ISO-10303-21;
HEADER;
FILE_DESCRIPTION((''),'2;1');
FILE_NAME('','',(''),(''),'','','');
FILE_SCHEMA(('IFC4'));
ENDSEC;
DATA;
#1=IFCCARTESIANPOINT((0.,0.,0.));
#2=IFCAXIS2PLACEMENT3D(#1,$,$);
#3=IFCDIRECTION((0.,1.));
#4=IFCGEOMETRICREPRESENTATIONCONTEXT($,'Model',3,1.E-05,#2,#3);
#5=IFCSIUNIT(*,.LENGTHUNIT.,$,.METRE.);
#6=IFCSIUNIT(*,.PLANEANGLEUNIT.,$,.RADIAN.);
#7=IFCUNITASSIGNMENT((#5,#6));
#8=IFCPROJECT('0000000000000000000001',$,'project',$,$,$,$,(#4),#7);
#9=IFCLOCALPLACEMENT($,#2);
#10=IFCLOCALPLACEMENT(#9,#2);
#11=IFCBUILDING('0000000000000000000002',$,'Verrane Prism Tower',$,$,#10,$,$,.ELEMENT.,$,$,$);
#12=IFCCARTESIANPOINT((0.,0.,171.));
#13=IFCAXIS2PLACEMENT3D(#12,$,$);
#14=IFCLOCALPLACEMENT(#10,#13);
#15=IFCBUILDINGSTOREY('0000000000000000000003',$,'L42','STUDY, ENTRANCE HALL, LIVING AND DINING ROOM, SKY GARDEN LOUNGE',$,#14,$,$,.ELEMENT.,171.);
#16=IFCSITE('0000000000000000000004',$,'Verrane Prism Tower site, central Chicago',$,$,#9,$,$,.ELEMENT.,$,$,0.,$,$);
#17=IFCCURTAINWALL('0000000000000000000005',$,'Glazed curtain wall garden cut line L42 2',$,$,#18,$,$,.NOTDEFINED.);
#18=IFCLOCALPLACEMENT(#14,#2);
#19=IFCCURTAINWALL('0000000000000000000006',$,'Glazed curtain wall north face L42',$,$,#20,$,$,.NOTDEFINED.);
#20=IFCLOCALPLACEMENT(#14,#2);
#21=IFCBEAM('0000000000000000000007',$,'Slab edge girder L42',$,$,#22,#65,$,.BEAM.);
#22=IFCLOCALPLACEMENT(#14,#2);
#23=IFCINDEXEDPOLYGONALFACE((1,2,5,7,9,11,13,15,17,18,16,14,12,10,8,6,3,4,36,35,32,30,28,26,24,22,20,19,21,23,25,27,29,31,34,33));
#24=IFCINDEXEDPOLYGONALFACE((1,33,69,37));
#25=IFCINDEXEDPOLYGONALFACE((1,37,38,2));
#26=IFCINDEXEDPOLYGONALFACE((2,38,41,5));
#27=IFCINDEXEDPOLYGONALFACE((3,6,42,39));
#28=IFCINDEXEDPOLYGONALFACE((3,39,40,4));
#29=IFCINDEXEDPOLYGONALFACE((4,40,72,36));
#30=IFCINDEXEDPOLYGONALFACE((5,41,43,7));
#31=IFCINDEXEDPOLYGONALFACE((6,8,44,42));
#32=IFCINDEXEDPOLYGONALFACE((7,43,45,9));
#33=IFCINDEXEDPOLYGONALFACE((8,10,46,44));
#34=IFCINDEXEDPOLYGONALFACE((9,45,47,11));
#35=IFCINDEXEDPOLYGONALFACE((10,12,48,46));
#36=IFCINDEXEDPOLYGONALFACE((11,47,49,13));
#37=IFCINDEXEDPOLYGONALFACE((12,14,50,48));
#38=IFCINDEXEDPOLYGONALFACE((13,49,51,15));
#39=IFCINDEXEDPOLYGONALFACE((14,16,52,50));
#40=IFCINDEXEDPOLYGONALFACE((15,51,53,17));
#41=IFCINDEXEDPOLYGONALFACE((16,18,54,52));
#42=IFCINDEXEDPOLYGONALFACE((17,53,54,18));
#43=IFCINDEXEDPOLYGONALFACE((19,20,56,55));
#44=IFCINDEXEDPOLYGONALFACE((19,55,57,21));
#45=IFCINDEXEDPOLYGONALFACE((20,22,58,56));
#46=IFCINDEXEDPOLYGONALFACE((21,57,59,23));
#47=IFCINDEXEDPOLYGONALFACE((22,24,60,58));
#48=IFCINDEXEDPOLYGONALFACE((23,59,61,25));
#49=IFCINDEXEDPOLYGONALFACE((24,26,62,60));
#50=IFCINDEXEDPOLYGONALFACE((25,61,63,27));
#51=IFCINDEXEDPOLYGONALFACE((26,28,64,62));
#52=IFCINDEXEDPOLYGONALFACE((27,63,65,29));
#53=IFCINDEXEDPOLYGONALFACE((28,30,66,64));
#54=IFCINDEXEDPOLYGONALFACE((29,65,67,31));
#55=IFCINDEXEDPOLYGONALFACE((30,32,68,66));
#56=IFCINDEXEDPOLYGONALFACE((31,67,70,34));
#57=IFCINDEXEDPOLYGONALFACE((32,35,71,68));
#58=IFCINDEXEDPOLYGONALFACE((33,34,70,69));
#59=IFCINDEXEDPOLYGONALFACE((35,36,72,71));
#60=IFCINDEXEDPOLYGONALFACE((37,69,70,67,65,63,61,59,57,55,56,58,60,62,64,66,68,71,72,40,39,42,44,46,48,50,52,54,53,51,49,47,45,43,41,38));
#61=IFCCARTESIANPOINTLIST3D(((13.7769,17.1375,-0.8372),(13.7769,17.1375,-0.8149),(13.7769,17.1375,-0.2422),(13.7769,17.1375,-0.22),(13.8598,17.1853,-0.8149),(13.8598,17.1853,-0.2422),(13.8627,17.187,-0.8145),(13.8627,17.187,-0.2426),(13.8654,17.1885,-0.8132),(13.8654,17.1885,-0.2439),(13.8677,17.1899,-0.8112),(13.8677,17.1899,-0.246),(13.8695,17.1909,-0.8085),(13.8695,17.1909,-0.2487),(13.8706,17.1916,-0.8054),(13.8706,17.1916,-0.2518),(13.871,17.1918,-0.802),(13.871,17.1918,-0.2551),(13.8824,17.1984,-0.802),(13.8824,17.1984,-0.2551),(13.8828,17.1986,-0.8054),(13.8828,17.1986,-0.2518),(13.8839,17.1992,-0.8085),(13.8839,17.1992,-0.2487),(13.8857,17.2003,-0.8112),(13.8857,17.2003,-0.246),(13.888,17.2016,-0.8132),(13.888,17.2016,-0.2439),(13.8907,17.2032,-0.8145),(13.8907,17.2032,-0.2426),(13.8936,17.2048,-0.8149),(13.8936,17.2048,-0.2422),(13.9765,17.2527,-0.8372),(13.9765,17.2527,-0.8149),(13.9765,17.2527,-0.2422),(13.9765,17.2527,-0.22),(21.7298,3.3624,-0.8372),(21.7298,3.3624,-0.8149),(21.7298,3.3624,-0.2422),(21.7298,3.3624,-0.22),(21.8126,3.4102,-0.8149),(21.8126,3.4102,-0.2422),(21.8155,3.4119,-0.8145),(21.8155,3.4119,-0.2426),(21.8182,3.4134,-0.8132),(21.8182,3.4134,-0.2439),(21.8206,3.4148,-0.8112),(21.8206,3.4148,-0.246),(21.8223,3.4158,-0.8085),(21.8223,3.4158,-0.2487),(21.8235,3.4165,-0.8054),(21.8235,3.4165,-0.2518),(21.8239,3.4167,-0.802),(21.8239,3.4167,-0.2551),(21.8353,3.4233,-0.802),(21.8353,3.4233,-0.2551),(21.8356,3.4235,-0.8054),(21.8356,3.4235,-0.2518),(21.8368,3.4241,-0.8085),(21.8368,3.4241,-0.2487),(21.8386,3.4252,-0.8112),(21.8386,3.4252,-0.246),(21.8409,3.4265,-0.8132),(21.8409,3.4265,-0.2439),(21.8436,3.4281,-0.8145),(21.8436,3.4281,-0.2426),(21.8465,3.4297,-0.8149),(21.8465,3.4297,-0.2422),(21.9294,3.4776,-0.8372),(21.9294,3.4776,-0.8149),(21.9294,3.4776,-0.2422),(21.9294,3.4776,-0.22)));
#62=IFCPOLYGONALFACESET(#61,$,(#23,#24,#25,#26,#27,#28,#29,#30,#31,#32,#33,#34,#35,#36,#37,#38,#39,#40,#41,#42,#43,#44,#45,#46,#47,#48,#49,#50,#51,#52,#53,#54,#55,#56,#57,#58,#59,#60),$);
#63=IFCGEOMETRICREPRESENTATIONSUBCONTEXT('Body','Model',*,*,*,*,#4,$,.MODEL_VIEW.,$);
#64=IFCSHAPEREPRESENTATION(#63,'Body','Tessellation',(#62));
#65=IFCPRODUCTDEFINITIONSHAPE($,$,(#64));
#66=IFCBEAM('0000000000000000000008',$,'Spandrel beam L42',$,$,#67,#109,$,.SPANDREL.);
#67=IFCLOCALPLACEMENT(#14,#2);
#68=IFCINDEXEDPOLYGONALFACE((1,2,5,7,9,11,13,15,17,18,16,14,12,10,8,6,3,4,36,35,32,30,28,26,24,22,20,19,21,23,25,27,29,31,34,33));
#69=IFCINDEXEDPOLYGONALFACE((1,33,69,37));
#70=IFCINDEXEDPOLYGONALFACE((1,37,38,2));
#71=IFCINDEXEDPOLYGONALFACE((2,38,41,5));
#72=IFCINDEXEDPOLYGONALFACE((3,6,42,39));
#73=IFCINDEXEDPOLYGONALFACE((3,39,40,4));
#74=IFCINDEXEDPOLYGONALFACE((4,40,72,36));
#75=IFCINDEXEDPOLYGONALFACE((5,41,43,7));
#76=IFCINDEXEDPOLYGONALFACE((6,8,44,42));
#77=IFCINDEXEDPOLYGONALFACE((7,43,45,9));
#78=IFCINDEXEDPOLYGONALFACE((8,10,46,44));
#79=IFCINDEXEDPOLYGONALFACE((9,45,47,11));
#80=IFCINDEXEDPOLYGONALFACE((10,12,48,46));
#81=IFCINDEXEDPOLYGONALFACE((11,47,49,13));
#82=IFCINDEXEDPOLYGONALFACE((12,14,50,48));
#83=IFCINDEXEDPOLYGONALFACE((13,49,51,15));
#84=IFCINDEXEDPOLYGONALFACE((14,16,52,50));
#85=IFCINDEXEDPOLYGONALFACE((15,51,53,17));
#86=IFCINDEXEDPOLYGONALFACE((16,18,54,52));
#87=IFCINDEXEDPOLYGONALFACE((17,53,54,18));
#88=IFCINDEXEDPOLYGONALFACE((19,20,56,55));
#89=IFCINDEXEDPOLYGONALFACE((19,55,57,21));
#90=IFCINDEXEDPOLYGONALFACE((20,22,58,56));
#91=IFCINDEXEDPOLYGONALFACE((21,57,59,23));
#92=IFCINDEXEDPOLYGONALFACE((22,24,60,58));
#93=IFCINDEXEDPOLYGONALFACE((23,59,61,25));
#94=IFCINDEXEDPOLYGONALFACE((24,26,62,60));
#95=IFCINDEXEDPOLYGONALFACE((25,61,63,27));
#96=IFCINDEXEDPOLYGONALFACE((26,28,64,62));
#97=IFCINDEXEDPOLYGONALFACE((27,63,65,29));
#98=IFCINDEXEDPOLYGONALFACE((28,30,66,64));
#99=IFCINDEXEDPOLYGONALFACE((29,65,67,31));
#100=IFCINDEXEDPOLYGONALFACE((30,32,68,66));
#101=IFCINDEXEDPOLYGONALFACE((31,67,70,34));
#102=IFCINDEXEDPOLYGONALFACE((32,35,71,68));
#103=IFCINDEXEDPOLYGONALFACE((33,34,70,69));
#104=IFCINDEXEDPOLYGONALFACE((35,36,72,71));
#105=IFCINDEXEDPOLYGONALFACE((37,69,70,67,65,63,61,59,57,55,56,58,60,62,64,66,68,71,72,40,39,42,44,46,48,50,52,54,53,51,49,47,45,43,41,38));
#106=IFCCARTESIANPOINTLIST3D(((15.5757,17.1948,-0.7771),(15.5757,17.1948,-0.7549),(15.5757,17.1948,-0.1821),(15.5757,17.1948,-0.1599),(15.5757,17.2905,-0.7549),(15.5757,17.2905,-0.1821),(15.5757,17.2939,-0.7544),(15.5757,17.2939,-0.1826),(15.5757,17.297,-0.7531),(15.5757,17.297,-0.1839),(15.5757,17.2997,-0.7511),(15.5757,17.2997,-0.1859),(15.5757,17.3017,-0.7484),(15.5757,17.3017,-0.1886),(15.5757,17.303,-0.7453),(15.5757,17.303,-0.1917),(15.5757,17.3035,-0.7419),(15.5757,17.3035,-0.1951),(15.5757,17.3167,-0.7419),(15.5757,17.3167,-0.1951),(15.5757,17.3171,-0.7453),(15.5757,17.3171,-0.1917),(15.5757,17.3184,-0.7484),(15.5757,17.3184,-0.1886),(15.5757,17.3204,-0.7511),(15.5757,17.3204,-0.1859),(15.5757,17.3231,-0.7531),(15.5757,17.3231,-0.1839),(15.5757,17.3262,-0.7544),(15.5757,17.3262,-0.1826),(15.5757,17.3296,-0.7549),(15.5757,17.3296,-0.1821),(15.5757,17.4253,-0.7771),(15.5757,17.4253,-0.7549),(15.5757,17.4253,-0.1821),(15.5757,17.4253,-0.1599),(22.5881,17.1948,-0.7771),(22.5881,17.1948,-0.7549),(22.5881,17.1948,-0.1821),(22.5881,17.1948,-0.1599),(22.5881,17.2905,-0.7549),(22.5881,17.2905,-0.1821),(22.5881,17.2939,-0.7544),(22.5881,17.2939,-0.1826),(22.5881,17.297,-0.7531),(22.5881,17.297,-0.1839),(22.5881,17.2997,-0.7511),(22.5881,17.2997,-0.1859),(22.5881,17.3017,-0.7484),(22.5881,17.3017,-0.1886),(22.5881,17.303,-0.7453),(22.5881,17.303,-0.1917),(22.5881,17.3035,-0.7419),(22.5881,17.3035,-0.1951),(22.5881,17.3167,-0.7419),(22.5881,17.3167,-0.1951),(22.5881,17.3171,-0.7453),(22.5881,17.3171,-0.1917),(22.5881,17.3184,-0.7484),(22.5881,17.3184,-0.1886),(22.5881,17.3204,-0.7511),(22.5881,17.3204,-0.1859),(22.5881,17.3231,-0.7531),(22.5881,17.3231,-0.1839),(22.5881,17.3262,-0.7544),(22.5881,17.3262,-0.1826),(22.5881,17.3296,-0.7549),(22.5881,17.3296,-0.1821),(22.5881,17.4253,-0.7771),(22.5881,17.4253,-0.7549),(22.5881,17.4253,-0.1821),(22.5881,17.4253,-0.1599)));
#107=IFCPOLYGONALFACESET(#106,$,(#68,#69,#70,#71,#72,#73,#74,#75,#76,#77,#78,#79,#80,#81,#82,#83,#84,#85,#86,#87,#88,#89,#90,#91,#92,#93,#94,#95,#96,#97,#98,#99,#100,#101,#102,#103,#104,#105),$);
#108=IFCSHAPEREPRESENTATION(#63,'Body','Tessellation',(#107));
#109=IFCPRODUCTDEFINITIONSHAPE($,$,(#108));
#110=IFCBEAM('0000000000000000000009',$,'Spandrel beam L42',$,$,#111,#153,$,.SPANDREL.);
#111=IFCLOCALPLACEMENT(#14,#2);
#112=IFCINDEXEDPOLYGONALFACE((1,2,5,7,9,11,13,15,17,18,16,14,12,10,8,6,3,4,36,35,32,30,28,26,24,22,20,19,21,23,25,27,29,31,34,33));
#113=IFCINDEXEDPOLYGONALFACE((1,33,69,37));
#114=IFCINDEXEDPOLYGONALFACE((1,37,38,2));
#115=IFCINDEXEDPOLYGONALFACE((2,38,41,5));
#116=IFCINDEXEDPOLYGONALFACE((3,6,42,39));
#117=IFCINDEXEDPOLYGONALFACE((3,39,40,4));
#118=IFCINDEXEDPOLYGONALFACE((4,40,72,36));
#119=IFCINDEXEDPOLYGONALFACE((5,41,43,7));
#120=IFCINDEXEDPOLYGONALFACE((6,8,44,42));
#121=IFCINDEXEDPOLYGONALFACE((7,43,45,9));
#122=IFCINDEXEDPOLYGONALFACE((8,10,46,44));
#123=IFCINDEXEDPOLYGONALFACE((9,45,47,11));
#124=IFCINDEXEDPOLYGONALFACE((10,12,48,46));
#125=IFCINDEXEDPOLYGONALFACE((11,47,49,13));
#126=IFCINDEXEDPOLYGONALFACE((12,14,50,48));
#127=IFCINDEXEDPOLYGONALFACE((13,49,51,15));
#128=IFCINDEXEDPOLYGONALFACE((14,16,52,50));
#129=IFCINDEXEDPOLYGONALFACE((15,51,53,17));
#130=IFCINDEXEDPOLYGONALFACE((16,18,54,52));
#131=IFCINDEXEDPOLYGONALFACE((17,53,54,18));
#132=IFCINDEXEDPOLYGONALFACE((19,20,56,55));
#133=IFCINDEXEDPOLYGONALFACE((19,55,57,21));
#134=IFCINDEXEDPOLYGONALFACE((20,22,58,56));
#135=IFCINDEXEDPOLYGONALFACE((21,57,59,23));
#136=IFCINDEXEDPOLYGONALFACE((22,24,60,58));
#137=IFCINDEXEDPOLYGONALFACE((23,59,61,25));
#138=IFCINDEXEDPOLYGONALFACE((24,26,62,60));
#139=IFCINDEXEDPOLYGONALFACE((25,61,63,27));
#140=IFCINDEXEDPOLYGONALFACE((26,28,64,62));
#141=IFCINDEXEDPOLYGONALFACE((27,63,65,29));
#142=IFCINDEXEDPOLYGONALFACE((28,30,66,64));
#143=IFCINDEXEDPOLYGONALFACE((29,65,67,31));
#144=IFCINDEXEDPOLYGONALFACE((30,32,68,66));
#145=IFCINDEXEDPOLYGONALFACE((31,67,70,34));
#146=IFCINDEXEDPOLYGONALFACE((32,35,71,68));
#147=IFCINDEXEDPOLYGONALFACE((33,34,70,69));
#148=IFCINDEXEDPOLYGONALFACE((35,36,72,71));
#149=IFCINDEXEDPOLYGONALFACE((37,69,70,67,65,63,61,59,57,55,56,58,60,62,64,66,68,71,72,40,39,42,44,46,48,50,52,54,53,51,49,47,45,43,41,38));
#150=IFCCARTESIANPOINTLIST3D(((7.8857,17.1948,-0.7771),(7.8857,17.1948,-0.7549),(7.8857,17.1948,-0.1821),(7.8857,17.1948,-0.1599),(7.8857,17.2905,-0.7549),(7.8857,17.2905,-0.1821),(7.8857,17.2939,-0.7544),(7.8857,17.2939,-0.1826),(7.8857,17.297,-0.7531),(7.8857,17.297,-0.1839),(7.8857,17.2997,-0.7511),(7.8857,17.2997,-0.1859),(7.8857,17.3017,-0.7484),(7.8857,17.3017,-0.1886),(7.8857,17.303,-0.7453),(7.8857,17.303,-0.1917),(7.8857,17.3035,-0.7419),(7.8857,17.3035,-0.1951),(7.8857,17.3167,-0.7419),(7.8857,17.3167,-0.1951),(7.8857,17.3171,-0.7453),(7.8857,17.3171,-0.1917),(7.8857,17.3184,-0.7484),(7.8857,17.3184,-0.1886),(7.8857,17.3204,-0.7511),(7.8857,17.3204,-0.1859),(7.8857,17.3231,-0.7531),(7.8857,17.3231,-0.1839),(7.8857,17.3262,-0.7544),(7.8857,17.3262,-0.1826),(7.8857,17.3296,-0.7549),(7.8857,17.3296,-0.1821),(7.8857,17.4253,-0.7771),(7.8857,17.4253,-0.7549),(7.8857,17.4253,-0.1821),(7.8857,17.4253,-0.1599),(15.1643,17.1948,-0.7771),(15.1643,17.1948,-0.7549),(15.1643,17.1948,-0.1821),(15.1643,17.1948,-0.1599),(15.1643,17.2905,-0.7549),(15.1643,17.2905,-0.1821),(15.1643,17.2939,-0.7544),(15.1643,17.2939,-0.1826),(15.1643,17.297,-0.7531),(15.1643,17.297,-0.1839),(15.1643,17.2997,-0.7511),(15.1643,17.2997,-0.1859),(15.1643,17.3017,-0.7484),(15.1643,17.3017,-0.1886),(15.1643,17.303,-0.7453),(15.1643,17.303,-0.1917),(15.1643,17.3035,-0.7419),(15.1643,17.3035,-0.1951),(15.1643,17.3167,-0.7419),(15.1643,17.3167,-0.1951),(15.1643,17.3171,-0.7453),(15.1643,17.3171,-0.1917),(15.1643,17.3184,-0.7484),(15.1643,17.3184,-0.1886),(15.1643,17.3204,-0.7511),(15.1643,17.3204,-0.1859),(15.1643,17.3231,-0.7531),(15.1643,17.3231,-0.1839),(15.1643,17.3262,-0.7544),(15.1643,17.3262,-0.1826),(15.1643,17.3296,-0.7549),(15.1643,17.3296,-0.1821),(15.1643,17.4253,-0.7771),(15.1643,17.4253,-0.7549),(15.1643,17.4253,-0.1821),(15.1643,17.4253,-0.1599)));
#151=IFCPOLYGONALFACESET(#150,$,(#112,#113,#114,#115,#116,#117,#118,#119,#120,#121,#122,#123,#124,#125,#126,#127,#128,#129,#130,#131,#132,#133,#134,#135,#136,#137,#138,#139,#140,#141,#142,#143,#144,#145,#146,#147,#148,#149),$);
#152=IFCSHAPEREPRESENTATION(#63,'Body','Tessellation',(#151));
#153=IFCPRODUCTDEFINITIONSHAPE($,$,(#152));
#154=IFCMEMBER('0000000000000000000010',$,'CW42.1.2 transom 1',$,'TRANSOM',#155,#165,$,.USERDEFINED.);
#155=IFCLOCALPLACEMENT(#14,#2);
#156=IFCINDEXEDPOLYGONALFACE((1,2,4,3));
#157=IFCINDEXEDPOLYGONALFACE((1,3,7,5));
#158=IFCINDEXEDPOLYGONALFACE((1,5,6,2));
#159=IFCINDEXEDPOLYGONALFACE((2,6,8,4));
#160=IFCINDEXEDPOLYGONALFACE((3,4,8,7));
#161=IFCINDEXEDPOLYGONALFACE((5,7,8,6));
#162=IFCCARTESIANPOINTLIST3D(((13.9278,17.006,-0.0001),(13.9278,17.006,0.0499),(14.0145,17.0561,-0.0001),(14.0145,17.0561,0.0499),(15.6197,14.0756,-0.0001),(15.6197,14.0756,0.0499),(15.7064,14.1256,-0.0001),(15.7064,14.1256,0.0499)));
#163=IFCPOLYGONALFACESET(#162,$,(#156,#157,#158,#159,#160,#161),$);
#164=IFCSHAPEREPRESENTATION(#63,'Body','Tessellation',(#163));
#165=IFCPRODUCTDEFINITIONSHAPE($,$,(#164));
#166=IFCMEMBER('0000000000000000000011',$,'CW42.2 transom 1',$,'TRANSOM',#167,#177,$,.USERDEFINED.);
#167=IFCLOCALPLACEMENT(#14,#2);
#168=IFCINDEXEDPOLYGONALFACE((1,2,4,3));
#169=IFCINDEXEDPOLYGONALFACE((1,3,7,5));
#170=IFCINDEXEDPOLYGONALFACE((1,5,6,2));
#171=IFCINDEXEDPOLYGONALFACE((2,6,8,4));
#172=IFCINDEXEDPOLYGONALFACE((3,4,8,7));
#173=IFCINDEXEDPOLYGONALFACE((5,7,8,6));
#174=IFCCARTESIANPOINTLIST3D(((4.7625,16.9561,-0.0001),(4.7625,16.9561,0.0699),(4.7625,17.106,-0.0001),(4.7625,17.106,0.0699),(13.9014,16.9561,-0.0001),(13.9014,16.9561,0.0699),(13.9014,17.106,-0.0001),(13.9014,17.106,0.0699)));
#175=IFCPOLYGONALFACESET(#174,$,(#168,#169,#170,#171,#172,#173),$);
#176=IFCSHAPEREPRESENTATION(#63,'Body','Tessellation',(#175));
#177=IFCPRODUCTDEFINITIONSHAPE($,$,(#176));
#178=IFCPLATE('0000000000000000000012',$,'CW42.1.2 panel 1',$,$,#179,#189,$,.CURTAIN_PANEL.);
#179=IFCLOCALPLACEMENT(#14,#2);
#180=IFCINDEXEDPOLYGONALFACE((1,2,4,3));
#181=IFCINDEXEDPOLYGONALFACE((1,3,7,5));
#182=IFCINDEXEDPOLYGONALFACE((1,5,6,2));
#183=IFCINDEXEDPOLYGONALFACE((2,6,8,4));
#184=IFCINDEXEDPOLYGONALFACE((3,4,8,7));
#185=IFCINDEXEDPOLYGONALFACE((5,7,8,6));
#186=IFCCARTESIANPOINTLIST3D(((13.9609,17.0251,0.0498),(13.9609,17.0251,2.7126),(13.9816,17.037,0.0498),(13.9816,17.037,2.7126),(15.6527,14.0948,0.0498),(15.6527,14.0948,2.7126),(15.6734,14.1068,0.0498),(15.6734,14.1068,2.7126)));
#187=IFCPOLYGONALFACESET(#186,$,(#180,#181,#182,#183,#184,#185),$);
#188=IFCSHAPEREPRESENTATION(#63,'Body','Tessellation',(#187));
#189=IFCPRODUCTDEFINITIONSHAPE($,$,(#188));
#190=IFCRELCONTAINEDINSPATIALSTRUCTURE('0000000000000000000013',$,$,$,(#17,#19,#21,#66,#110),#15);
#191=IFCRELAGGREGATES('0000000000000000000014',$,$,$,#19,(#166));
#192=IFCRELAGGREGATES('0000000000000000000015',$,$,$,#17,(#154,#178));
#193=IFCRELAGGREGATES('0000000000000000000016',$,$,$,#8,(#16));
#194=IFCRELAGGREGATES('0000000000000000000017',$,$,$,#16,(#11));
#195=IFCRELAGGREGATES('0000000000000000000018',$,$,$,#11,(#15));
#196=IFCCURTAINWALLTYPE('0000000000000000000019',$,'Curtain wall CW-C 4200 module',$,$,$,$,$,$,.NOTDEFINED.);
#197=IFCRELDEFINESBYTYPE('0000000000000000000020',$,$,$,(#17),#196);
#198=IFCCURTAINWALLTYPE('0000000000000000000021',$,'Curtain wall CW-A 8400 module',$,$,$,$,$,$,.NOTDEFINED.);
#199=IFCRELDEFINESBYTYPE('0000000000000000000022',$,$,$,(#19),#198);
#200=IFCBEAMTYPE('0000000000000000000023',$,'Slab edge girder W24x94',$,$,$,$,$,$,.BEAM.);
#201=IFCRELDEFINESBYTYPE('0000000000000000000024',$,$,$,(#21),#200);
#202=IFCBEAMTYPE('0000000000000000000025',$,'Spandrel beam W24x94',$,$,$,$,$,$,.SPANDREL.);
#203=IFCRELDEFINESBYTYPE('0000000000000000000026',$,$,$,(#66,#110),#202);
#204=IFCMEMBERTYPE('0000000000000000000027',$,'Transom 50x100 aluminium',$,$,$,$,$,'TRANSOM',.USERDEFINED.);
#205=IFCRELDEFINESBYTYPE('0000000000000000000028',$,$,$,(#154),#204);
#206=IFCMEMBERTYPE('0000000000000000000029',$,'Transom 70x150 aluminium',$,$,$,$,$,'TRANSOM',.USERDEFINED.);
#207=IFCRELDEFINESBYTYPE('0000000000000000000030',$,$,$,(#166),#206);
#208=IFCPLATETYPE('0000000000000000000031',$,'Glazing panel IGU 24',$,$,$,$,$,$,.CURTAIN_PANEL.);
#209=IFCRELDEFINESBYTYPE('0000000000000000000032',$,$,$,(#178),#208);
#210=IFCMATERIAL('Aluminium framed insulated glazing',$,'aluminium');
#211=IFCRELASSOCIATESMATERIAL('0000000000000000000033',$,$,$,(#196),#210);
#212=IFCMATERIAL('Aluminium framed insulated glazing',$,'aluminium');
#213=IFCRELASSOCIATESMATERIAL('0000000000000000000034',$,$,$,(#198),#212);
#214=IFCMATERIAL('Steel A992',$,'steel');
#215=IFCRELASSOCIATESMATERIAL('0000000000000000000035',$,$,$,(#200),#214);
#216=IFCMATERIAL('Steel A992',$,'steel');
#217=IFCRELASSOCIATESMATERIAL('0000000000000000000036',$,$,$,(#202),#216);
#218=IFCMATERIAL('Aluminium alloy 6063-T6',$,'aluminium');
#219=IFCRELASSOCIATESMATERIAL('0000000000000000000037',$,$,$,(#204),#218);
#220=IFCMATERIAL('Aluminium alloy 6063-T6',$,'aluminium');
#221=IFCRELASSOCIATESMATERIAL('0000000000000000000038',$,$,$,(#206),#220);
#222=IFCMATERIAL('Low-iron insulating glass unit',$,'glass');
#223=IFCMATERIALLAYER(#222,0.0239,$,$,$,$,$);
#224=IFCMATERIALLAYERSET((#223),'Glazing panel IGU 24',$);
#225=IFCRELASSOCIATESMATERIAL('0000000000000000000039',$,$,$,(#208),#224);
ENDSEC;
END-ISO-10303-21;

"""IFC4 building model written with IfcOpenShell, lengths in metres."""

from ifc_helpers import new_model, si_unit, direction, frame, origin, origin_2d, place, context, subcontext, project, spatial, rectangle, i_section, extrude, material, layer, layer_set, material_profile, profile_set, type_object, element, aggregate, save


model = new_model("IFC4")

# Units and contexts
model_context = context("Model", 3, precision=1e-05, world=origin(), true_north=direction((0.0, 1.0)))
body_context = subcontext(model_context, "Body", "Model", "MODEL_VIEW")
ifc_project = project(units=[si_unit("LENGTHUNIT", "METRE"), si_unit("PLANEANGLEUNIT", "RADIAN")], contexts=[model_context])

# Site, building, storey
site_placement = place(None, origin())
site = spatial("IfcSite", under=ifc_project, at=site_placement, Name="Verrane Prism Tower site, central Chicago", CompositionType="ELEMENT", RefElevation=0.0)
building_placement = place(site_placement, origin())
building = spatial("IfcBuilding", under=site, at=building_placement, Name="Verrane Prism Tower", CompositionType="ELEMENT")
storey_placement = place(building_placement, frame((0.0, 0.0, 171.0)))
storey = spatial("IfcBuildingStorey", under=building, at=storey_placement, Name="L42", Description="STUDY, ENTRANCE HALL, LIVING AND DINING ROOM, SKY GARDEN LOUNGE", CompositionType="ELEMENT", Elevation=171.0)

# Curtain walls
ifc_material_1 = material(Name="Aluminium framed insulated glazing", Category="aluminium")
curtain_wall_type_1 = type_object("IfcCurtainWallType", Name="Curtain wall CW-C 4200 module", PredefinedType="NOTDEFINED", material=ifc_material_1)
curtain_wall_1_placement = place(storey_placement, origin())
curtain_wall_1 = element("IfcCurtainWall", 1, at=curtain_wall_1_placement, inside=storey, type_object=curtain_wall_type_1, Name="Glazed curtain wall garden cut line L42 2", PredefinedType="NOTDEFINED")
ifc_material_2 = material(Name="Aluminium framed insulated glazing", Category="aluminium")
curtain_wall_type_2 = type_object("IfcCurtainWallType", Name="Curtain wall CW-A 8400 module", PredefinedType="NOTDEFINED", material=ifc_material_2)
curtain_wall_2_placement = place(storey_placement, origin())
curtain_wall_2 = element("IfcCurtainWall", 2, at=curtain_wall_2_placement, inside=storey, type_object=curtain_wall_type_2, Name="Glazed curtain wall north face L42", PredefinedType="NOTDEFINED")

# Beams
ifc_material_3 = material(Name="Steel A992", Category="steel")
ifc_material_profile_1 = material_profile(ifc_material_3, i_section(OverallWidth=0.2305, OverallDepth=0.6172, WebThickness=0.0132, FlangeThickness=0.0222, FilletRadius=0.0129, at=origin_2d()), Name="W24x94")
ifc_profile_set_1 = profile_set([ifc_material_profile_1], Name="Steel A992")
beam_type_1 = type_object("IfcBeamType", Name="Slab edge girder W24x94", PredefinedType="BEAM", material=ifc_profile_set_1)
beam_1_placement = place(storey_placement, frame((13.8767, 17.1951, -0.5286), z_axis=(0.49999, -0.866031, 0.0), x_axis=(0.866031, 0.49999, 0.0)))
element("IfcBeam", 3, at=beam_1_placement, inside=storey, type_object=beam_type_1, Name="Slab edge girder L42", PredefinedType="BEAM", context=body_context, shape_type="SweptSolid", body=[
    extrude(i_section(OverallWidth=0.2305, OverallDepth=0.6172, WebThickness=0.0132, FlangeThickness=0.0222, FilletRadius=0.0129, at=origin_2d()), origin(), (0.0, 0.0, 1.0), 15.906),
])
ifc_material_4 = material(Name="Steel A992", Category="steel")
ifc_material_profile_2 = material_profile(ifc_material_4, i_section(OverallWidth=0.2305, OverallDepth=0.6172, WebThickness=0.0132, FlangeThickness=0.0222, FilletRadius=0.0129, at=origin_2d()), Name="W24x94")
ifc_profile_set_2 = profile_set([ifc_material_profile_2], Name="Steel A992")
beam_type_2 = type_object("IfcBeamType", Name="Spandrel beam W24x94", PredefinedType="SPANDREL", material=ifc_profile_set_2)
beam_2_placement = place(storey_placement, frame((22.5881, 17.3101, -0.4685), z_axis=(-1.0, 0.0, 0.0), x_axis=(0.0, -1.0, 0.0)))
element("IfcBeam", 4, at=beam_2_placement, inside=storey, type_object=beam_type_2, Name="Spandrel beam L42", PredefinedType="SPANDREL", context=body_context, shape_type="SweptSolid", body=[
    extrude(i_section(OverallWidth=0.2305, OverallDepth=0.6172, WebThickness=0.0132, FlangeThickness=0.0222, FilletRadius=0.0129, at=origin_2d()), origin(), (0.0, 0.0, 1.0), 7.0125),
])
beam_3_placement = place(storey_placement, frame((15.1643, 17.3101, -0.4685), z_axis=(-1.0, 0.0, 0.0), x_axis=(0.0, -1.0, 0.0)))
element("IfcBeam", 5, at=beam_3_placement, inside=storey, type_object=beam_type_2, Name="Spandrel beam L42", PredefinedType="SPANDREL", context=body_context, shape_type="SweptSolid", body=[
    extrude(i_section(OverallWidth=0.2305, OverallDepth=0.6172, WebThickness=0.0132, FlangeThickness=0.0222, FilletRadius=0.0129, at=origin_2d()), origin(), (0.0, 0.0, 1.0), 7.2786),
])

# Members
ifc_material_5 = material(Name="Aluminium alloy 6063-T6", Category="aluminium")
ifc_material_profile_3 = material_profile(ifc_material_5, rectangle(XDim=0.1001, YDim=0.05, at=origin_2d()), Name="Transom 50x100 aluminium")
ifc_profile_set_3 = profile_set([ifc_material_profile_3], Name="Aluminium alloy 6063-T6")
member_type_1 = type_object("IfcMemberType", Name="Transom 50x100 aluminium", ElementType="TRANSOM", PredefinedType="USERDEFINED", material=ifc_profile_set_3)
member_1_placement = place(storey_placement, frame((15.6631, 14.1006, 0.0249), z_axis=(-0.500004, 0.866023, 0.0), x_axis=(-0.866023, -0.500004, 0.0)))
member_1 = element("IfcMember", 6, at=member_1_placement, type_object=member_type_1, Name="CW42.1.2 transom 1", ObjectType="TRANSOM", PredefinedType="USERDEFINED", context=body_context, shape_type="SweptSolid", body=[
    extrude(rectangle(XDim=0.1001, YDim=0.05, at=origin_2d()), origin(), (0.0, 0.0, 1.0), 3.3838),
])
ifc_material_6 = material(Name="Aluminium alloy 6063-T6", Category="aluminium")
ifc_material_profile_4 = material_profile(ifc_material_6, rectangle(XDim=0.1499, YDim=0.0701, at=origin_2d()), Name="Transom 70x150 aluminium")
ifc_profile_set_4 = profile_set([ifc_material_profile_4], Name="Aluminium alloy 6063-T6")
member_type_2 = type_object("IfcMemberType", Name="Transom 70x150 aluminium", ElementType="TRANSOM", PredefinedType="USERDEFINED", material=ifc_profile_set_4)
member_2_placement = place(storey_placement, frame((13.9014, 17.031, 0.0349), z_axis=(-1.0, 0.0, 0.0), x_axis=(0.0, -1.0, 0.0)))
member_2 = element("IfcMember", 7, at=member_2_placement, type_object=member_type_2, Name="CW42.2 transom 1", ObjectType="TRANSOM", PredefinedType="USERDEFINED", context=body_context, shape_type="SweptSolid", body=[
    extrude(rectangle(XDim=0.1499, YDim=0.0701, at=origin_2d()), origin(), (0.0, 0.0, 1.0), 9.1389),
])
aggregate(curtain_wall_2, [member_2])

# Plate
ifc_material_7 = material(Name="Low-iron insulating glass unit", Category="glass")
ifc_layer_1 = layer(ifc_material_7, 0.0239)
ifc_layer_set_1 = layer_set([ifc_layer_1], Name="Glazing panel IGU 24")
plate_type = type_object("IfcPlateType", Name="Glazing panel IGU 24", PredefinedType="CURTAIN_PANEL", material=ifc_layer_set_1)
plate_placement = place(storey_placement, frame((14.8171, 15.5659, 0.0498), z_axis=(0.0, 0.0, 1.0), x_axis=(-0.499998, 0.866027, 0.0)))
plate = element("IfcPlate", 8, at=plate_placement, type_object=plate_type, Name="CW42.1.2 panel 1", PredefinedType="CURTAIN_PANEL", context=body_context, shape_type="SweptSolid", body=[
    extrude(rectangle(XDim=3.3835, YDim=0.0239, at=origin_2d()), origin(), (0.0, 0.0, 1.0), 2.6628),
])
aggregate(curtain_wall_1, [member_1, plate])

save(model, "model.ifc")
